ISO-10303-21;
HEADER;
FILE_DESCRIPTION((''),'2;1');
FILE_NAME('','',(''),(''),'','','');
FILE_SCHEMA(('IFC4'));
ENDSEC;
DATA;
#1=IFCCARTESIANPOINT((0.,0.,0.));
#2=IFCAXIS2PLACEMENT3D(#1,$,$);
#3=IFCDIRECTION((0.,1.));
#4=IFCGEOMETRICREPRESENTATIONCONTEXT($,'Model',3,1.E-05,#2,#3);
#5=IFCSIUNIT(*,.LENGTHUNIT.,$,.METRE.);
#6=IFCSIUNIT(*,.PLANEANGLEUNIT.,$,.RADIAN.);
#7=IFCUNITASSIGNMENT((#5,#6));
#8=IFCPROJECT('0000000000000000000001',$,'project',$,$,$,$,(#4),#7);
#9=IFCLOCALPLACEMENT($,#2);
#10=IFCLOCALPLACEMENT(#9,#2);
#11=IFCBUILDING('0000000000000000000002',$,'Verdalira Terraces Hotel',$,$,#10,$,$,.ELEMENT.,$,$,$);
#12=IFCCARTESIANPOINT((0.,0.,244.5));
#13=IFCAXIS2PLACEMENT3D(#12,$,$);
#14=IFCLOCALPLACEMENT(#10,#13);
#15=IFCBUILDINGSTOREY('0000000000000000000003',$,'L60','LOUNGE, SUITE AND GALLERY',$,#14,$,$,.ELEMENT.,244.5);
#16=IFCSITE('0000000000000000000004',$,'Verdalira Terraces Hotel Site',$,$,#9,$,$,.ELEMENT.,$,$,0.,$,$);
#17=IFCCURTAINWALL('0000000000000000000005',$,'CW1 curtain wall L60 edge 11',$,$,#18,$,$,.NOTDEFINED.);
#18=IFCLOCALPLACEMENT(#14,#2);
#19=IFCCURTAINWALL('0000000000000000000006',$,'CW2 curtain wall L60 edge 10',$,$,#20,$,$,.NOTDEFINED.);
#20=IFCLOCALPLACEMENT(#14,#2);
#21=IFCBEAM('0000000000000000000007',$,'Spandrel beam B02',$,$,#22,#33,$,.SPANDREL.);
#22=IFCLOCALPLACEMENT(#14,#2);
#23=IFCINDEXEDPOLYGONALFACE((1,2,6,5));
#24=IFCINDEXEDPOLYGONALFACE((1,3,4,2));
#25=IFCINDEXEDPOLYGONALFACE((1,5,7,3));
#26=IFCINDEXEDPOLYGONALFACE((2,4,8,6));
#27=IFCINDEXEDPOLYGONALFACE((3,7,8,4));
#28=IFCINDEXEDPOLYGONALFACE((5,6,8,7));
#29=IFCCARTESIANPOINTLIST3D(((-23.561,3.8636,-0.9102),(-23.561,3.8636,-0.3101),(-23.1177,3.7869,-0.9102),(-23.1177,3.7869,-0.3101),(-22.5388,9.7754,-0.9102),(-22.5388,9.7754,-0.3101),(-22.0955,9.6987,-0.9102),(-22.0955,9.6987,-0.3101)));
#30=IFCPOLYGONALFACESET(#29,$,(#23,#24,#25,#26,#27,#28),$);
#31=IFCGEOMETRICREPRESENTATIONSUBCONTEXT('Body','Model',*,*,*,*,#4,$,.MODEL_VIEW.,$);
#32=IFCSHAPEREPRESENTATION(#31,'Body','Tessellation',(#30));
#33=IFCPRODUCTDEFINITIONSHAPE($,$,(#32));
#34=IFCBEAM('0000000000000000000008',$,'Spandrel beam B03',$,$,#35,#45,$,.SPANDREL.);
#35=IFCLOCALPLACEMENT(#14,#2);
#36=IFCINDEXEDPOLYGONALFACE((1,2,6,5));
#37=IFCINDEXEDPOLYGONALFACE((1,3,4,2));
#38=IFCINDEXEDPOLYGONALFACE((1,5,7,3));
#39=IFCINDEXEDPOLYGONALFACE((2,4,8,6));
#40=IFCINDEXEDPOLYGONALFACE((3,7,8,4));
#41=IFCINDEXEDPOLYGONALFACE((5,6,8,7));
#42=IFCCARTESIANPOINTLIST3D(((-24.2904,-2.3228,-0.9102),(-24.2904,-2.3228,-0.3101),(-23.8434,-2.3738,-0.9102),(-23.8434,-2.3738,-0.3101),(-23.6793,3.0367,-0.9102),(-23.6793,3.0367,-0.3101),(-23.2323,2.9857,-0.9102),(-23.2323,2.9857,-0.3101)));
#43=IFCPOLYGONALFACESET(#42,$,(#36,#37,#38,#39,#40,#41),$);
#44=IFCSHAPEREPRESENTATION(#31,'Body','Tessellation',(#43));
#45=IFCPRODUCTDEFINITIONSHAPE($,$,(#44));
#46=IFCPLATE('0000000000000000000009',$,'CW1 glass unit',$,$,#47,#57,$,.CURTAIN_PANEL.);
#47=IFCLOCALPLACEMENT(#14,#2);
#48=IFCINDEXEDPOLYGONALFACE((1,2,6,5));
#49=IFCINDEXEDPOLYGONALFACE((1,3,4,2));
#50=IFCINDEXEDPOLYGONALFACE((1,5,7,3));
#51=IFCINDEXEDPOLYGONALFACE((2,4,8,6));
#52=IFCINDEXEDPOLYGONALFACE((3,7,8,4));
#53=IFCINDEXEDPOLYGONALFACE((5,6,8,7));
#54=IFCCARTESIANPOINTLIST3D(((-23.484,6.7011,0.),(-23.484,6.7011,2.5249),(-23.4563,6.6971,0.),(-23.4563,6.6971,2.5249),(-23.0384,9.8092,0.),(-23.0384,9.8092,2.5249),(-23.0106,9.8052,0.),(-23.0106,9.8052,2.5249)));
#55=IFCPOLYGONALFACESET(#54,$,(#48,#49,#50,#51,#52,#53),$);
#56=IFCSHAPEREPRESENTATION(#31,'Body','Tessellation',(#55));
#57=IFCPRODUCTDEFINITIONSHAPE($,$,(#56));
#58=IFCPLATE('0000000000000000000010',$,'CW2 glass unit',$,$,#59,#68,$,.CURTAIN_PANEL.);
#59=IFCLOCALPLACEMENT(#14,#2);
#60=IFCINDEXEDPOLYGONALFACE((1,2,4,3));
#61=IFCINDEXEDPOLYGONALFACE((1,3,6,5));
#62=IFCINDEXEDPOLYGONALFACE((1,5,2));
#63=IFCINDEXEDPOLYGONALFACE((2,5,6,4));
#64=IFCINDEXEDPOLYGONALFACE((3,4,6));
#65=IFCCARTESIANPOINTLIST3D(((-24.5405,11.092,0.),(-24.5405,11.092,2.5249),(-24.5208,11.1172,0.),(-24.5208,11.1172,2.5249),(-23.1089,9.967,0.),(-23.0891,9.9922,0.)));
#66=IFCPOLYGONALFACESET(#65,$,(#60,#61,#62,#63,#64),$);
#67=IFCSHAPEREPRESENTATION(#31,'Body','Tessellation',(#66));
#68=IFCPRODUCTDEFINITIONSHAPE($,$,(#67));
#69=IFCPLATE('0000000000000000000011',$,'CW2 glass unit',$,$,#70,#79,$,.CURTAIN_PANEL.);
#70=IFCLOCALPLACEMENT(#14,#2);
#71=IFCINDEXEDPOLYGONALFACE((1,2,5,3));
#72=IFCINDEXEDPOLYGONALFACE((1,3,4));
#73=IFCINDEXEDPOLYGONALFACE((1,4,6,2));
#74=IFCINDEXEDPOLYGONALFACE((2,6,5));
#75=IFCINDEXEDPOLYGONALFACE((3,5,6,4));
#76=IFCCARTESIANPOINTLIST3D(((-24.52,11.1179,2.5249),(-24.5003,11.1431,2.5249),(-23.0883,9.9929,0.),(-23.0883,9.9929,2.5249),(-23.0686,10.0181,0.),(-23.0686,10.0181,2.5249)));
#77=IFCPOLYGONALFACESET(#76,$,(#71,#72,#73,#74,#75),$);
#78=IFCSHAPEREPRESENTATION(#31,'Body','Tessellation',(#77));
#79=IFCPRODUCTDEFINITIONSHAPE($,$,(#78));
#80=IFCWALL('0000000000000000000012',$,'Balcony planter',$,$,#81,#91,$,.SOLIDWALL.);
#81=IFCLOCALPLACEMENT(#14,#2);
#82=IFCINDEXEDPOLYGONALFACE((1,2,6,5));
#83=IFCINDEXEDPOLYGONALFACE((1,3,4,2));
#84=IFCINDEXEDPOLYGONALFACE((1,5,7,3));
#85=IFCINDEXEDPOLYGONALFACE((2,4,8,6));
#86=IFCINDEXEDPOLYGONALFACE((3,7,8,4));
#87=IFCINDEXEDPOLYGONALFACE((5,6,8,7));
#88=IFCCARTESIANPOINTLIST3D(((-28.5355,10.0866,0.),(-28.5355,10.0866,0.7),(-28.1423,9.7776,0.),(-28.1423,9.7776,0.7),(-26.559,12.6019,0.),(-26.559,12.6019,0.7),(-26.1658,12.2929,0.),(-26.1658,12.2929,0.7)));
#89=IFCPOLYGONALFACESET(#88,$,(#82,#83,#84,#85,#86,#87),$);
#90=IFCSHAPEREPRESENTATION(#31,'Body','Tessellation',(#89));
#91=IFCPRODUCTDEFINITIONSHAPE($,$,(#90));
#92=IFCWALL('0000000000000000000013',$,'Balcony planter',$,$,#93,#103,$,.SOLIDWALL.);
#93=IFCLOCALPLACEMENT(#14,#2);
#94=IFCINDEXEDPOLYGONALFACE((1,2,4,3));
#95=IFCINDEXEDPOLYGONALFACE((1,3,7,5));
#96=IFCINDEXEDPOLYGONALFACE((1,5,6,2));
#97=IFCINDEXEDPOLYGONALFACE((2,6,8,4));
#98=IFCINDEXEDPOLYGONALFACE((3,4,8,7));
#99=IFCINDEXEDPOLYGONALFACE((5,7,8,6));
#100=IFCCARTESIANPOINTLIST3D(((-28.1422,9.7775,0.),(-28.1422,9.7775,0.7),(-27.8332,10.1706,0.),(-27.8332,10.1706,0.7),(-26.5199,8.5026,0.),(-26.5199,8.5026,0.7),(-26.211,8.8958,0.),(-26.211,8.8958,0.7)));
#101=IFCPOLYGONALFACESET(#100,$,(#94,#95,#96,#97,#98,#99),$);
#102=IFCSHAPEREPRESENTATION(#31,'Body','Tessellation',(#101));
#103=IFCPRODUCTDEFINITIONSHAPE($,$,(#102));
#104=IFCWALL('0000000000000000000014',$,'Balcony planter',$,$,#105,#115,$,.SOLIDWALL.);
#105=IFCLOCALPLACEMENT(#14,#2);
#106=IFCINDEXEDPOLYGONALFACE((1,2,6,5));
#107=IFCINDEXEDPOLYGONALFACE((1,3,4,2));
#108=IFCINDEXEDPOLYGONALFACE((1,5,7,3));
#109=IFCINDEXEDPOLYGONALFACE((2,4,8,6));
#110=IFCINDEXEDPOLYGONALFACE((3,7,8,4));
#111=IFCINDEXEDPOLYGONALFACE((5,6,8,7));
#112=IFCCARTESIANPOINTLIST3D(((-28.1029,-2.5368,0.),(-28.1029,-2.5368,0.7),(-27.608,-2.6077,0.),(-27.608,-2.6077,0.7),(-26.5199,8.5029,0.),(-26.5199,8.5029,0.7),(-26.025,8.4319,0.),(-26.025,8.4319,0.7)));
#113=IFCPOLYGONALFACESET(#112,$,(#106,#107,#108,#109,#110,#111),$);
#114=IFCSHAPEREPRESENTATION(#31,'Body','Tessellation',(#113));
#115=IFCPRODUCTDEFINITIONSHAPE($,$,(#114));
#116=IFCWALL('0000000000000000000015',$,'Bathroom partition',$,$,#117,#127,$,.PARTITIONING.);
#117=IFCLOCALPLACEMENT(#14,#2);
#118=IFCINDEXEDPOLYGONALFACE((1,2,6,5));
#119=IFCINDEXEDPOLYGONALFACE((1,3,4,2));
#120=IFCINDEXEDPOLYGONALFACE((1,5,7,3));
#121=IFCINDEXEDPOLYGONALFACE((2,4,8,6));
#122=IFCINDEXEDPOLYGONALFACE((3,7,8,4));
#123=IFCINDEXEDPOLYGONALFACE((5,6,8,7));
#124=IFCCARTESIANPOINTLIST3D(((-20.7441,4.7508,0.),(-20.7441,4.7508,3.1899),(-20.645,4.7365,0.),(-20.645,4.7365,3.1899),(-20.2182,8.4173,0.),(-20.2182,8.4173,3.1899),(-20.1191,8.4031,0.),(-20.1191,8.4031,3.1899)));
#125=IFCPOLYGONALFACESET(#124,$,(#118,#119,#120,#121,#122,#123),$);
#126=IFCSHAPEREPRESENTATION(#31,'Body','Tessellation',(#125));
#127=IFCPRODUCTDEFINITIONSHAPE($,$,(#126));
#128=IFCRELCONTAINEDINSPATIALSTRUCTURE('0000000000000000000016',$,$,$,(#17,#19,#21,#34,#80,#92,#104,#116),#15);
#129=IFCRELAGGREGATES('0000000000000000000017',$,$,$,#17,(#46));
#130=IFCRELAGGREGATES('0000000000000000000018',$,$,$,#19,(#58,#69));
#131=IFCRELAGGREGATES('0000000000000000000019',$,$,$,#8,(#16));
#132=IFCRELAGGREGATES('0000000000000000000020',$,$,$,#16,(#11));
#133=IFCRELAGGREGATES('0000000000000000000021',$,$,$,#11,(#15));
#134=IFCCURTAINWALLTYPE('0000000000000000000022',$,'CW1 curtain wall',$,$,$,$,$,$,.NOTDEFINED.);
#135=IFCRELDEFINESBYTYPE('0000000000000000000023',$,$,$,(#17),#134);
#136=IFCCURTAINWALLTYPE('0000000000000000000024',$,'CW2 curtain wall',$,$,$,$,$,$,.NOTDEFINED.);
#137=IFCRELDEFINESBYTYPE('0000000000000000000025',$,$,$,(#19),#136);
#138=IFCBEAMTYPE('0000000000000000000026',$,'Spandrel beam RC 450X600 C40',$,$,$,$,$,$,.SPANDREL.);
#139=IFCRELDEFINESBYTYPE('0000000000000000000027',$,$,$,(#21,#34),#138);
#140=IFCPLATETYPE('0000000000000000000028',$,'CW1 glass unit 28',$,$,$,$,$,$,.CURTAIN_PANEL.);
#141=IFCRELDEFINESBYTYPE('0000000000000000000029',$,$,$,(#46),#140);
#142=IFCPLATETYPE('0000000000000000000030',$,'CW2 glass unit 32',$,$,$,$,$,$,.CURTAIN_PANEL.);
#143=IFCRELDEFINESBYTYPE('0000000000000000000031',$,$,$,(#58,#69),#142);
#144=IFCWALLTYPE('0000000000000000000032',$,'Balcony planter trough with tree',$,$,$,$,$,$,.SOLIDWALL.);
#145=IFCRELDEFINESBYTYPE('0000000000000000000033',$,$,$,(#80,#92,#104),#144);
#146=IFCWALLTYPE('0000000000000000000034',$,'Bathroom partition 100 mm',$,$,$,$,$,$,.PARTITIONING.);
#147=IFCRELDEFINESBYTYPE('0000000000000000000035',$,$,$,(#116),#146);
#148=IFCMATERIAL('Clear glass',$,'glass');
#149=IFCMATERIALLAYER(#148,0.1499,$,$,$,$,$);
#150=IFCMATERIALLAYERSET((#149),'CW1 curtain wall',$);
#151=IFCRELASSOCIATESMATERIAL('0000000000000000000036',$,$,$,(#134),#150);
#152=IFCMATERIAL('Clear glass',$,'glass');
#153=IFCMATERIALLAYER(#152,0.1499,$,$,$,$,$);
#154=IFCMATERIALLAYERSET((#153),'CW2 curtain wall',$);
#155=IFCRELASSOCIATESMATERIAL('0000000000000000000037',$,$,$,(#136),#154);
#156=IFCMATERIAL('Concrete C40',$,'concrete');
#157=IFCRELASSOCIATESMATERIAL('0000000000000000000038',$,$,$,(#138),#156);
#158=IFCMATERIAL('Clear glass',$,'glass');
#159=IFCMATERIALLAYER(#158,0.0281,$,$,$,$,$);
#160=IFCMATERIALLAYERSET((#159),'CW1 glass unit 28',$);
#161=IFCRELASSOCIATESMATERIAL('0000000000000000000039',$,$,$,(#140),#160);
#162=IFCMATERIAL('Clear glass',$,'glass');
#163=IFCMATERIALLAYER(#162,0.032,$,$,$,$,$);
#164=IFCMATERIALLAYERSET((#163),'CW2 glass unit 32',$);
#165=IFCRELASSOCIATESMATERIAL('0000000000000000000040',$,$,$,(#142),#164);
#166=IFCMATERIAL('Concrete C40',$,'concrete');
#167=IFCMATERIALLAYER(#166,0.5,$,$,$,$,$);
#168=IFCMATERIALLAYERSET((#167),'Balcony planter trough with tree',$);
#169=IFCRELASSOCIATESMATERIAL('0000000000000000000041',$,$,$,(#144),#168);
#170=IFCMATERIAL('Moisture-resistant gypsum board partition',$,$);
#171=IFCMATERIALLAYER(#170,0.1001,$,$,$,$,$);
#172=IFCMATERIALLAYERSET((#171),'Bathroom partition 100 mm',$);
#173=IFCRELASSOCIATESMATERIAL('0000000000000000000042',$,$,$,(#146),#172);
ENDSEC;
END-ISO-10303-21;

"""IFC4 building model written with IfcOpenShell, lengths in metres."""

from ifc_helpers import new_model, si_unit, direction, frame, frame_2d, origin, origin_2d, place, context, subcontext, project, spatial, polyline, rectangle, outline, extrude, material, layer, layer_set, material_profile, profile_set, type_object, element, aggregate, save


model = new_model("IFC4")

# Units and contexts
model_context = context("Model", 3, precision=1e-05, world=origin(), true_north=direction((0.0, 1.0)))
body_context = subcontext(model_context, "Body", "Model", "MODEL_VIEW")
ifc_project = project(units=[si_unit("LENGTHUNIT", "METRE"), si_unit("PLANEANGLEUNIT", "RADIAN")], contexts=[model_context])

# Site, building, storey
site_placement = place(None, origin())
site = spatial("IfcSite", under=ifc_project, at=site_placement, Name="Verdalira Terraces Hotel Site", CompositionType="ELEMENT", RefElevation=0.0)
building_placement = place(site_placement, origin())
building = spatial("IfcBuilding", under=site, at=building_placement, Name="Verdalira Terraces Hotel", CompositionType="ELEMENT")
storey_placement = place(building_placement, frame((0.0, 0.0, 244.5)))
storey = spatial("IfcBuildingStorey", under=building, at=storey_placement, Name="L60", Description="LOUNGE, SUITE AND GALLERY", CompositionType="ELEMENT", Elevation=244.5)

# Curtain walls
ifc_material_1 = material(Name="Clear glass", Category="glass")
ifc_layer_1 = layer(ifc_material_1, 0.1499)
ifc_layer_set_1 = layer_set([ifc_layer_1], Name="CW1 curtain wall")
curtain_wall_type_1 = type_object("IfcCurtainWallType", Name="CW1 curtain wall", PredefinedType="NOTDEFINED", material=ifc_layer_set_1)
curtain_wall_1_placement = place(storey_placement, origin())
curtain_wall_1 = element("IfcCurtainWall", 1, at=curtain_wall_1_placement, inside=storey, type_object=curtain_wall_type_1, Name="CW1 curtain wall L60 edge 11", PredefinedType="NOTDEFINED")
ifc_material_2 = material(Name="Clear glass", Category="glass")
ifc_layer_2 = layer(ifc_material_2, 0.1499)
ifc_layer_set_2 = layer_set([ifc_layer_2], Name="CW2 curtain wall")
curtain_wall_type_2 = type_object("IfcCurtainWallType", Name="CW2 curtain wall", PredefinedType="NOTDEFINED", material=ifc_layer_set_2)
curtain_wall_2_placement = place(storey_placement, origin())
curtain_wall_2 = element("IfcCurtainWall", 2, at=curtain_wall_2_placement, inside=storey, type_object=curtain_wall_type_2, Name="CW2 curtain wall L60 edge 10", PredefinedType="NOTDEFINED")

# Beams
ifc_material_3 = material(Name="Concrete C40", Category="concrete")
ifc_material_profile_1 = material_profile(ifc_material_3, rectangle(XDim=0.45, YDim=0.6001, at=origin_2d()), Name="RC 450X600")
ifc_profile_set_1 = profile_set([ifc_material_profile_1], Name="Concrete C40")
beam_type_1 = type_object("IfcBeamType", Name="Spandrel beam RC 450X600 C40", PredefinedType="SPANDREL", material=ifc_profile_set_1)
beam_1_placement = place(storey_placement, frame((-22.3171, 9.7371, -0.6101), z_axis=(-0.170381, -0.985378, 0.0), x_axis=(0.985378, -0.170381, 0.0)))
element("IfcBeam", 3, at=beam_1_placement, inside=storey, type_object=beam_type_1, Name="Spandrel beam B02", PredefinedType="SPANDREL", context=body_context, shape_type="SweptSolid", body=[
    extrude(rectangle(XDim=0.45, YDim=0.6001, at=origin_2d()), origin(), (0.0, 0.0, 1.0), 5.9995),
])
beam_2_placement = place(storey_placement, frame((-23.4558, 3.0112, -0.6101), z_axis=(-0.113282, -0.993563, 0.0), x_axis=(0.993563, -0.113282, 0.0)))
element("IfcBeam", 4, at=beam_2_placement, inside=storey, type_object=beam_type_1, Name="Spandrel beam B03", PredefinedType="SPANDREL", context=body_context, shape_type="SweptSolid", body=[
    extrude(rectangle(XDim=0.45, YDim=0.6001, at=origin_2d()), origin(), (0.0, 0.0, 1.0), 5.3943),
])

# Plates
ifc_material_4 = material(Name="Clear glass", Category="glass")
ifc_layer_3 = layer(ifc_material_4, 0.0281)
ifc_layer_set_3 = layer_set([ifc_layer_3], Name="CW1 glass unit 28")
plate_type_1 = type_object("IfcPlateType", Name="CW1 glass unit 28", PredefinedType="CURTAIN_PANEL", material=ifc_layer_set_3)
plate_1_placement = place(storey_placement, frame((-23.2473, 8.2532, 0.0), z_axis=(0.0, 0.0, 1.0), x_axis=(-0.141938, -0.989876, 0.0)))
plate_1 = element("IfcPlate", 5, at=plate_1_placement, type_object=plate_type_1, Name="CW1 glass unit", PredefinedType="CURTAIN_PANEL", context=body_context, shape_type="SweptSolid", body=[
    extrude(rectangle(XDim=3.1399, YDim=0.0281, at=origin_2d()), origin(), (0.0, 0.0, 1.0), 2.5249),
])
aggregate(curtain_wall_1, [plate_1])
ifc_material_5 = material(Name="Clear glass", Category="glass")
ifc_layer_4 = layer(ifc_material_5, 0.032)
ifc_layer_set_4 = layer_set([ifc_layer_4], Name="CW2 glass unit 32")
plate_type_2 = type_object("IfcPlateType", Name="CW2 glass unit 32", PredefinedType="CURTAIN_PANEL", material=ifc_layer_set_4)
plate_2_placement = place(storey_placement, frame((-23.8049, 10.5547, 1.2625), z_axis=(-0.61786, -0.786288, 0.0), x_axis=(0.786288, -0.61786, 0.0)))
plate_2 = element("IfcPlate", 6, at=plate_2_placement, type_object=plate_type_2, Name="CW2 glass unit", PredefinedType="CURTAIN_PANEL", context=body_context, shape_type="SweptSolid", body=[
    extrude(outline(polyline([(-0.9104, -1.2625), (0.9104, -1.2625), (-0.9104, 1.2625), (-0.9104, -1.2625)])), origin(), (0.0, 0.0, 1.0), 0.032),
])
plate_3_placement = place(storey_placement, frame((-23.7844, 10.5806, 1.2625), z_axis=(-0.61786, -0.786288, 0.0), x_axis=(0.786288, -0.61786, 0.0)))
plate_3 = element("IfcPlate", 7, at=plate_3_placement, type_object=plate_type_2, Name="CW2 glass unit", PredefinedType="CURTAIN_PANEL", context=body_context, shape_type="SweptSolid", body=[
    extrude(outline(polyline([(0.9104, -1.2625), (0.9104, 1.2625), (-0.9104, 1.2625), (0.9104, -1.2625)])), origin(), (0.0, 0.0, 1.0), 0.032),
])
aggregate(curtain_wall_2, [plate_2, plate_3])

# Walls
ifc_material_6 = material(Name="Concrete C40", Category="concrete")
ifc_layer_5 = layer(ifc_material_6, 0.5)
ifc_layer_set_5 = layer_set([ifc_layer_5], Name="Balcony planter trough with tree")
wall_type_1 = type_object("IfcWallType", Name="Balcony planter trough with tree", PredefinedType="SOLIDWALL", material=ifc_layer_set_5)
wall_1_placement = place(storey_placement, frame((-26.3623, 12.4475, 0.0), z_axis=(0.0, 0.0, 1.0), x_axis=(-0.617859, -0.786289, 0.0)))
element("IfcWall", 8, at=wall_1_placement, inside=storey, type_object=wall_type_1, Name="Balcony planter", PredefinedType="SOLIDWALL", context=body_context, shape_type="SweptSolid", body=[
    extrude(rectangle(XDim=3.199, YDim=0.5, at=frame_2d((1.5996, 0.0))), origin(), (0.0, 0.0, 1.0), 0.7),
])
wall_2_placement = place(storey_placement, frame((-27.9878, 9.9741, 0.0), z_axis=(0.0, 0.0, 1.0), x_axis=(0.786265, -0.617889, 0.0)))
element("IfcWall", 9, at=wall_2_placement, inside=storey, type_object=wall_type_1, Name="Balcony planter", PredefinedType="SOLIDWALL", context=body_context, shape_type="SweptSolid", body=[
    extrude(rectangle(XDim=2.0632, YDim=0.5, at=frame_2d((1.0317, 0.0))), origin(), (0.0, 0.0, 1.0), 0.7),
])
wall_3_placement = place(storey_placement, frame((-26.2725, 8.4673, 0.0), z_axis=(0.0, 0.0, 1.0), x_axis=(-0.141942, -0.989875, 0.0)))
element("IfcWall", 10, at=wall_3_placement, inside=storey, type_object=wall_type_1, Name="Balcony planter", PredefinedType="SOLIDWALL", context=body_context, shape_type="SweptSolid", body=[
    extrude(rectangle(XDim=11.1526, YDim=0.5, at=frame_2d((5.5762, 0.0))), origin(), (0.0, 0.0, 1.0), 0.7),
])
ifc_material_7 = material(Name="Moisture-resistant gypsum board partition")
ifc_layer_6 = layer(ifc_material_7, 0.1001)
ifc_layer_set_6 = layer_set([ifc_layer_6], Name="Bathroom partition 100 mm")
wall_type_2 = type_object("IfcWallType", Name="Bathroom partition 100 mm", PredefinedType="PARTITIONING", material=ifc_layer_set_6)
wall_4_placement = place(storey_placement, frame((-20.6946, 4.7437, 0.0), z_axis=(0.0, 0.0, 1.0), x_axis=(0.141975, 0.98987, 0.0)))
element("IfcWall", 11, at=wall_4_placement, inside=storey, type_object=wall_type_2, Name="Bathroom partition", PredefinedType="PARTITIONING", context=body_context, shape_type="SweptSolid", body=[
    extrude(rectangle(XDim=3.7041, YDim=0.1001, at=frame_2d((1.8521, 0.0))), origin(), (0.0, 0.0, 1.0), 3.1899),
])

save(model, "model.ifc")
